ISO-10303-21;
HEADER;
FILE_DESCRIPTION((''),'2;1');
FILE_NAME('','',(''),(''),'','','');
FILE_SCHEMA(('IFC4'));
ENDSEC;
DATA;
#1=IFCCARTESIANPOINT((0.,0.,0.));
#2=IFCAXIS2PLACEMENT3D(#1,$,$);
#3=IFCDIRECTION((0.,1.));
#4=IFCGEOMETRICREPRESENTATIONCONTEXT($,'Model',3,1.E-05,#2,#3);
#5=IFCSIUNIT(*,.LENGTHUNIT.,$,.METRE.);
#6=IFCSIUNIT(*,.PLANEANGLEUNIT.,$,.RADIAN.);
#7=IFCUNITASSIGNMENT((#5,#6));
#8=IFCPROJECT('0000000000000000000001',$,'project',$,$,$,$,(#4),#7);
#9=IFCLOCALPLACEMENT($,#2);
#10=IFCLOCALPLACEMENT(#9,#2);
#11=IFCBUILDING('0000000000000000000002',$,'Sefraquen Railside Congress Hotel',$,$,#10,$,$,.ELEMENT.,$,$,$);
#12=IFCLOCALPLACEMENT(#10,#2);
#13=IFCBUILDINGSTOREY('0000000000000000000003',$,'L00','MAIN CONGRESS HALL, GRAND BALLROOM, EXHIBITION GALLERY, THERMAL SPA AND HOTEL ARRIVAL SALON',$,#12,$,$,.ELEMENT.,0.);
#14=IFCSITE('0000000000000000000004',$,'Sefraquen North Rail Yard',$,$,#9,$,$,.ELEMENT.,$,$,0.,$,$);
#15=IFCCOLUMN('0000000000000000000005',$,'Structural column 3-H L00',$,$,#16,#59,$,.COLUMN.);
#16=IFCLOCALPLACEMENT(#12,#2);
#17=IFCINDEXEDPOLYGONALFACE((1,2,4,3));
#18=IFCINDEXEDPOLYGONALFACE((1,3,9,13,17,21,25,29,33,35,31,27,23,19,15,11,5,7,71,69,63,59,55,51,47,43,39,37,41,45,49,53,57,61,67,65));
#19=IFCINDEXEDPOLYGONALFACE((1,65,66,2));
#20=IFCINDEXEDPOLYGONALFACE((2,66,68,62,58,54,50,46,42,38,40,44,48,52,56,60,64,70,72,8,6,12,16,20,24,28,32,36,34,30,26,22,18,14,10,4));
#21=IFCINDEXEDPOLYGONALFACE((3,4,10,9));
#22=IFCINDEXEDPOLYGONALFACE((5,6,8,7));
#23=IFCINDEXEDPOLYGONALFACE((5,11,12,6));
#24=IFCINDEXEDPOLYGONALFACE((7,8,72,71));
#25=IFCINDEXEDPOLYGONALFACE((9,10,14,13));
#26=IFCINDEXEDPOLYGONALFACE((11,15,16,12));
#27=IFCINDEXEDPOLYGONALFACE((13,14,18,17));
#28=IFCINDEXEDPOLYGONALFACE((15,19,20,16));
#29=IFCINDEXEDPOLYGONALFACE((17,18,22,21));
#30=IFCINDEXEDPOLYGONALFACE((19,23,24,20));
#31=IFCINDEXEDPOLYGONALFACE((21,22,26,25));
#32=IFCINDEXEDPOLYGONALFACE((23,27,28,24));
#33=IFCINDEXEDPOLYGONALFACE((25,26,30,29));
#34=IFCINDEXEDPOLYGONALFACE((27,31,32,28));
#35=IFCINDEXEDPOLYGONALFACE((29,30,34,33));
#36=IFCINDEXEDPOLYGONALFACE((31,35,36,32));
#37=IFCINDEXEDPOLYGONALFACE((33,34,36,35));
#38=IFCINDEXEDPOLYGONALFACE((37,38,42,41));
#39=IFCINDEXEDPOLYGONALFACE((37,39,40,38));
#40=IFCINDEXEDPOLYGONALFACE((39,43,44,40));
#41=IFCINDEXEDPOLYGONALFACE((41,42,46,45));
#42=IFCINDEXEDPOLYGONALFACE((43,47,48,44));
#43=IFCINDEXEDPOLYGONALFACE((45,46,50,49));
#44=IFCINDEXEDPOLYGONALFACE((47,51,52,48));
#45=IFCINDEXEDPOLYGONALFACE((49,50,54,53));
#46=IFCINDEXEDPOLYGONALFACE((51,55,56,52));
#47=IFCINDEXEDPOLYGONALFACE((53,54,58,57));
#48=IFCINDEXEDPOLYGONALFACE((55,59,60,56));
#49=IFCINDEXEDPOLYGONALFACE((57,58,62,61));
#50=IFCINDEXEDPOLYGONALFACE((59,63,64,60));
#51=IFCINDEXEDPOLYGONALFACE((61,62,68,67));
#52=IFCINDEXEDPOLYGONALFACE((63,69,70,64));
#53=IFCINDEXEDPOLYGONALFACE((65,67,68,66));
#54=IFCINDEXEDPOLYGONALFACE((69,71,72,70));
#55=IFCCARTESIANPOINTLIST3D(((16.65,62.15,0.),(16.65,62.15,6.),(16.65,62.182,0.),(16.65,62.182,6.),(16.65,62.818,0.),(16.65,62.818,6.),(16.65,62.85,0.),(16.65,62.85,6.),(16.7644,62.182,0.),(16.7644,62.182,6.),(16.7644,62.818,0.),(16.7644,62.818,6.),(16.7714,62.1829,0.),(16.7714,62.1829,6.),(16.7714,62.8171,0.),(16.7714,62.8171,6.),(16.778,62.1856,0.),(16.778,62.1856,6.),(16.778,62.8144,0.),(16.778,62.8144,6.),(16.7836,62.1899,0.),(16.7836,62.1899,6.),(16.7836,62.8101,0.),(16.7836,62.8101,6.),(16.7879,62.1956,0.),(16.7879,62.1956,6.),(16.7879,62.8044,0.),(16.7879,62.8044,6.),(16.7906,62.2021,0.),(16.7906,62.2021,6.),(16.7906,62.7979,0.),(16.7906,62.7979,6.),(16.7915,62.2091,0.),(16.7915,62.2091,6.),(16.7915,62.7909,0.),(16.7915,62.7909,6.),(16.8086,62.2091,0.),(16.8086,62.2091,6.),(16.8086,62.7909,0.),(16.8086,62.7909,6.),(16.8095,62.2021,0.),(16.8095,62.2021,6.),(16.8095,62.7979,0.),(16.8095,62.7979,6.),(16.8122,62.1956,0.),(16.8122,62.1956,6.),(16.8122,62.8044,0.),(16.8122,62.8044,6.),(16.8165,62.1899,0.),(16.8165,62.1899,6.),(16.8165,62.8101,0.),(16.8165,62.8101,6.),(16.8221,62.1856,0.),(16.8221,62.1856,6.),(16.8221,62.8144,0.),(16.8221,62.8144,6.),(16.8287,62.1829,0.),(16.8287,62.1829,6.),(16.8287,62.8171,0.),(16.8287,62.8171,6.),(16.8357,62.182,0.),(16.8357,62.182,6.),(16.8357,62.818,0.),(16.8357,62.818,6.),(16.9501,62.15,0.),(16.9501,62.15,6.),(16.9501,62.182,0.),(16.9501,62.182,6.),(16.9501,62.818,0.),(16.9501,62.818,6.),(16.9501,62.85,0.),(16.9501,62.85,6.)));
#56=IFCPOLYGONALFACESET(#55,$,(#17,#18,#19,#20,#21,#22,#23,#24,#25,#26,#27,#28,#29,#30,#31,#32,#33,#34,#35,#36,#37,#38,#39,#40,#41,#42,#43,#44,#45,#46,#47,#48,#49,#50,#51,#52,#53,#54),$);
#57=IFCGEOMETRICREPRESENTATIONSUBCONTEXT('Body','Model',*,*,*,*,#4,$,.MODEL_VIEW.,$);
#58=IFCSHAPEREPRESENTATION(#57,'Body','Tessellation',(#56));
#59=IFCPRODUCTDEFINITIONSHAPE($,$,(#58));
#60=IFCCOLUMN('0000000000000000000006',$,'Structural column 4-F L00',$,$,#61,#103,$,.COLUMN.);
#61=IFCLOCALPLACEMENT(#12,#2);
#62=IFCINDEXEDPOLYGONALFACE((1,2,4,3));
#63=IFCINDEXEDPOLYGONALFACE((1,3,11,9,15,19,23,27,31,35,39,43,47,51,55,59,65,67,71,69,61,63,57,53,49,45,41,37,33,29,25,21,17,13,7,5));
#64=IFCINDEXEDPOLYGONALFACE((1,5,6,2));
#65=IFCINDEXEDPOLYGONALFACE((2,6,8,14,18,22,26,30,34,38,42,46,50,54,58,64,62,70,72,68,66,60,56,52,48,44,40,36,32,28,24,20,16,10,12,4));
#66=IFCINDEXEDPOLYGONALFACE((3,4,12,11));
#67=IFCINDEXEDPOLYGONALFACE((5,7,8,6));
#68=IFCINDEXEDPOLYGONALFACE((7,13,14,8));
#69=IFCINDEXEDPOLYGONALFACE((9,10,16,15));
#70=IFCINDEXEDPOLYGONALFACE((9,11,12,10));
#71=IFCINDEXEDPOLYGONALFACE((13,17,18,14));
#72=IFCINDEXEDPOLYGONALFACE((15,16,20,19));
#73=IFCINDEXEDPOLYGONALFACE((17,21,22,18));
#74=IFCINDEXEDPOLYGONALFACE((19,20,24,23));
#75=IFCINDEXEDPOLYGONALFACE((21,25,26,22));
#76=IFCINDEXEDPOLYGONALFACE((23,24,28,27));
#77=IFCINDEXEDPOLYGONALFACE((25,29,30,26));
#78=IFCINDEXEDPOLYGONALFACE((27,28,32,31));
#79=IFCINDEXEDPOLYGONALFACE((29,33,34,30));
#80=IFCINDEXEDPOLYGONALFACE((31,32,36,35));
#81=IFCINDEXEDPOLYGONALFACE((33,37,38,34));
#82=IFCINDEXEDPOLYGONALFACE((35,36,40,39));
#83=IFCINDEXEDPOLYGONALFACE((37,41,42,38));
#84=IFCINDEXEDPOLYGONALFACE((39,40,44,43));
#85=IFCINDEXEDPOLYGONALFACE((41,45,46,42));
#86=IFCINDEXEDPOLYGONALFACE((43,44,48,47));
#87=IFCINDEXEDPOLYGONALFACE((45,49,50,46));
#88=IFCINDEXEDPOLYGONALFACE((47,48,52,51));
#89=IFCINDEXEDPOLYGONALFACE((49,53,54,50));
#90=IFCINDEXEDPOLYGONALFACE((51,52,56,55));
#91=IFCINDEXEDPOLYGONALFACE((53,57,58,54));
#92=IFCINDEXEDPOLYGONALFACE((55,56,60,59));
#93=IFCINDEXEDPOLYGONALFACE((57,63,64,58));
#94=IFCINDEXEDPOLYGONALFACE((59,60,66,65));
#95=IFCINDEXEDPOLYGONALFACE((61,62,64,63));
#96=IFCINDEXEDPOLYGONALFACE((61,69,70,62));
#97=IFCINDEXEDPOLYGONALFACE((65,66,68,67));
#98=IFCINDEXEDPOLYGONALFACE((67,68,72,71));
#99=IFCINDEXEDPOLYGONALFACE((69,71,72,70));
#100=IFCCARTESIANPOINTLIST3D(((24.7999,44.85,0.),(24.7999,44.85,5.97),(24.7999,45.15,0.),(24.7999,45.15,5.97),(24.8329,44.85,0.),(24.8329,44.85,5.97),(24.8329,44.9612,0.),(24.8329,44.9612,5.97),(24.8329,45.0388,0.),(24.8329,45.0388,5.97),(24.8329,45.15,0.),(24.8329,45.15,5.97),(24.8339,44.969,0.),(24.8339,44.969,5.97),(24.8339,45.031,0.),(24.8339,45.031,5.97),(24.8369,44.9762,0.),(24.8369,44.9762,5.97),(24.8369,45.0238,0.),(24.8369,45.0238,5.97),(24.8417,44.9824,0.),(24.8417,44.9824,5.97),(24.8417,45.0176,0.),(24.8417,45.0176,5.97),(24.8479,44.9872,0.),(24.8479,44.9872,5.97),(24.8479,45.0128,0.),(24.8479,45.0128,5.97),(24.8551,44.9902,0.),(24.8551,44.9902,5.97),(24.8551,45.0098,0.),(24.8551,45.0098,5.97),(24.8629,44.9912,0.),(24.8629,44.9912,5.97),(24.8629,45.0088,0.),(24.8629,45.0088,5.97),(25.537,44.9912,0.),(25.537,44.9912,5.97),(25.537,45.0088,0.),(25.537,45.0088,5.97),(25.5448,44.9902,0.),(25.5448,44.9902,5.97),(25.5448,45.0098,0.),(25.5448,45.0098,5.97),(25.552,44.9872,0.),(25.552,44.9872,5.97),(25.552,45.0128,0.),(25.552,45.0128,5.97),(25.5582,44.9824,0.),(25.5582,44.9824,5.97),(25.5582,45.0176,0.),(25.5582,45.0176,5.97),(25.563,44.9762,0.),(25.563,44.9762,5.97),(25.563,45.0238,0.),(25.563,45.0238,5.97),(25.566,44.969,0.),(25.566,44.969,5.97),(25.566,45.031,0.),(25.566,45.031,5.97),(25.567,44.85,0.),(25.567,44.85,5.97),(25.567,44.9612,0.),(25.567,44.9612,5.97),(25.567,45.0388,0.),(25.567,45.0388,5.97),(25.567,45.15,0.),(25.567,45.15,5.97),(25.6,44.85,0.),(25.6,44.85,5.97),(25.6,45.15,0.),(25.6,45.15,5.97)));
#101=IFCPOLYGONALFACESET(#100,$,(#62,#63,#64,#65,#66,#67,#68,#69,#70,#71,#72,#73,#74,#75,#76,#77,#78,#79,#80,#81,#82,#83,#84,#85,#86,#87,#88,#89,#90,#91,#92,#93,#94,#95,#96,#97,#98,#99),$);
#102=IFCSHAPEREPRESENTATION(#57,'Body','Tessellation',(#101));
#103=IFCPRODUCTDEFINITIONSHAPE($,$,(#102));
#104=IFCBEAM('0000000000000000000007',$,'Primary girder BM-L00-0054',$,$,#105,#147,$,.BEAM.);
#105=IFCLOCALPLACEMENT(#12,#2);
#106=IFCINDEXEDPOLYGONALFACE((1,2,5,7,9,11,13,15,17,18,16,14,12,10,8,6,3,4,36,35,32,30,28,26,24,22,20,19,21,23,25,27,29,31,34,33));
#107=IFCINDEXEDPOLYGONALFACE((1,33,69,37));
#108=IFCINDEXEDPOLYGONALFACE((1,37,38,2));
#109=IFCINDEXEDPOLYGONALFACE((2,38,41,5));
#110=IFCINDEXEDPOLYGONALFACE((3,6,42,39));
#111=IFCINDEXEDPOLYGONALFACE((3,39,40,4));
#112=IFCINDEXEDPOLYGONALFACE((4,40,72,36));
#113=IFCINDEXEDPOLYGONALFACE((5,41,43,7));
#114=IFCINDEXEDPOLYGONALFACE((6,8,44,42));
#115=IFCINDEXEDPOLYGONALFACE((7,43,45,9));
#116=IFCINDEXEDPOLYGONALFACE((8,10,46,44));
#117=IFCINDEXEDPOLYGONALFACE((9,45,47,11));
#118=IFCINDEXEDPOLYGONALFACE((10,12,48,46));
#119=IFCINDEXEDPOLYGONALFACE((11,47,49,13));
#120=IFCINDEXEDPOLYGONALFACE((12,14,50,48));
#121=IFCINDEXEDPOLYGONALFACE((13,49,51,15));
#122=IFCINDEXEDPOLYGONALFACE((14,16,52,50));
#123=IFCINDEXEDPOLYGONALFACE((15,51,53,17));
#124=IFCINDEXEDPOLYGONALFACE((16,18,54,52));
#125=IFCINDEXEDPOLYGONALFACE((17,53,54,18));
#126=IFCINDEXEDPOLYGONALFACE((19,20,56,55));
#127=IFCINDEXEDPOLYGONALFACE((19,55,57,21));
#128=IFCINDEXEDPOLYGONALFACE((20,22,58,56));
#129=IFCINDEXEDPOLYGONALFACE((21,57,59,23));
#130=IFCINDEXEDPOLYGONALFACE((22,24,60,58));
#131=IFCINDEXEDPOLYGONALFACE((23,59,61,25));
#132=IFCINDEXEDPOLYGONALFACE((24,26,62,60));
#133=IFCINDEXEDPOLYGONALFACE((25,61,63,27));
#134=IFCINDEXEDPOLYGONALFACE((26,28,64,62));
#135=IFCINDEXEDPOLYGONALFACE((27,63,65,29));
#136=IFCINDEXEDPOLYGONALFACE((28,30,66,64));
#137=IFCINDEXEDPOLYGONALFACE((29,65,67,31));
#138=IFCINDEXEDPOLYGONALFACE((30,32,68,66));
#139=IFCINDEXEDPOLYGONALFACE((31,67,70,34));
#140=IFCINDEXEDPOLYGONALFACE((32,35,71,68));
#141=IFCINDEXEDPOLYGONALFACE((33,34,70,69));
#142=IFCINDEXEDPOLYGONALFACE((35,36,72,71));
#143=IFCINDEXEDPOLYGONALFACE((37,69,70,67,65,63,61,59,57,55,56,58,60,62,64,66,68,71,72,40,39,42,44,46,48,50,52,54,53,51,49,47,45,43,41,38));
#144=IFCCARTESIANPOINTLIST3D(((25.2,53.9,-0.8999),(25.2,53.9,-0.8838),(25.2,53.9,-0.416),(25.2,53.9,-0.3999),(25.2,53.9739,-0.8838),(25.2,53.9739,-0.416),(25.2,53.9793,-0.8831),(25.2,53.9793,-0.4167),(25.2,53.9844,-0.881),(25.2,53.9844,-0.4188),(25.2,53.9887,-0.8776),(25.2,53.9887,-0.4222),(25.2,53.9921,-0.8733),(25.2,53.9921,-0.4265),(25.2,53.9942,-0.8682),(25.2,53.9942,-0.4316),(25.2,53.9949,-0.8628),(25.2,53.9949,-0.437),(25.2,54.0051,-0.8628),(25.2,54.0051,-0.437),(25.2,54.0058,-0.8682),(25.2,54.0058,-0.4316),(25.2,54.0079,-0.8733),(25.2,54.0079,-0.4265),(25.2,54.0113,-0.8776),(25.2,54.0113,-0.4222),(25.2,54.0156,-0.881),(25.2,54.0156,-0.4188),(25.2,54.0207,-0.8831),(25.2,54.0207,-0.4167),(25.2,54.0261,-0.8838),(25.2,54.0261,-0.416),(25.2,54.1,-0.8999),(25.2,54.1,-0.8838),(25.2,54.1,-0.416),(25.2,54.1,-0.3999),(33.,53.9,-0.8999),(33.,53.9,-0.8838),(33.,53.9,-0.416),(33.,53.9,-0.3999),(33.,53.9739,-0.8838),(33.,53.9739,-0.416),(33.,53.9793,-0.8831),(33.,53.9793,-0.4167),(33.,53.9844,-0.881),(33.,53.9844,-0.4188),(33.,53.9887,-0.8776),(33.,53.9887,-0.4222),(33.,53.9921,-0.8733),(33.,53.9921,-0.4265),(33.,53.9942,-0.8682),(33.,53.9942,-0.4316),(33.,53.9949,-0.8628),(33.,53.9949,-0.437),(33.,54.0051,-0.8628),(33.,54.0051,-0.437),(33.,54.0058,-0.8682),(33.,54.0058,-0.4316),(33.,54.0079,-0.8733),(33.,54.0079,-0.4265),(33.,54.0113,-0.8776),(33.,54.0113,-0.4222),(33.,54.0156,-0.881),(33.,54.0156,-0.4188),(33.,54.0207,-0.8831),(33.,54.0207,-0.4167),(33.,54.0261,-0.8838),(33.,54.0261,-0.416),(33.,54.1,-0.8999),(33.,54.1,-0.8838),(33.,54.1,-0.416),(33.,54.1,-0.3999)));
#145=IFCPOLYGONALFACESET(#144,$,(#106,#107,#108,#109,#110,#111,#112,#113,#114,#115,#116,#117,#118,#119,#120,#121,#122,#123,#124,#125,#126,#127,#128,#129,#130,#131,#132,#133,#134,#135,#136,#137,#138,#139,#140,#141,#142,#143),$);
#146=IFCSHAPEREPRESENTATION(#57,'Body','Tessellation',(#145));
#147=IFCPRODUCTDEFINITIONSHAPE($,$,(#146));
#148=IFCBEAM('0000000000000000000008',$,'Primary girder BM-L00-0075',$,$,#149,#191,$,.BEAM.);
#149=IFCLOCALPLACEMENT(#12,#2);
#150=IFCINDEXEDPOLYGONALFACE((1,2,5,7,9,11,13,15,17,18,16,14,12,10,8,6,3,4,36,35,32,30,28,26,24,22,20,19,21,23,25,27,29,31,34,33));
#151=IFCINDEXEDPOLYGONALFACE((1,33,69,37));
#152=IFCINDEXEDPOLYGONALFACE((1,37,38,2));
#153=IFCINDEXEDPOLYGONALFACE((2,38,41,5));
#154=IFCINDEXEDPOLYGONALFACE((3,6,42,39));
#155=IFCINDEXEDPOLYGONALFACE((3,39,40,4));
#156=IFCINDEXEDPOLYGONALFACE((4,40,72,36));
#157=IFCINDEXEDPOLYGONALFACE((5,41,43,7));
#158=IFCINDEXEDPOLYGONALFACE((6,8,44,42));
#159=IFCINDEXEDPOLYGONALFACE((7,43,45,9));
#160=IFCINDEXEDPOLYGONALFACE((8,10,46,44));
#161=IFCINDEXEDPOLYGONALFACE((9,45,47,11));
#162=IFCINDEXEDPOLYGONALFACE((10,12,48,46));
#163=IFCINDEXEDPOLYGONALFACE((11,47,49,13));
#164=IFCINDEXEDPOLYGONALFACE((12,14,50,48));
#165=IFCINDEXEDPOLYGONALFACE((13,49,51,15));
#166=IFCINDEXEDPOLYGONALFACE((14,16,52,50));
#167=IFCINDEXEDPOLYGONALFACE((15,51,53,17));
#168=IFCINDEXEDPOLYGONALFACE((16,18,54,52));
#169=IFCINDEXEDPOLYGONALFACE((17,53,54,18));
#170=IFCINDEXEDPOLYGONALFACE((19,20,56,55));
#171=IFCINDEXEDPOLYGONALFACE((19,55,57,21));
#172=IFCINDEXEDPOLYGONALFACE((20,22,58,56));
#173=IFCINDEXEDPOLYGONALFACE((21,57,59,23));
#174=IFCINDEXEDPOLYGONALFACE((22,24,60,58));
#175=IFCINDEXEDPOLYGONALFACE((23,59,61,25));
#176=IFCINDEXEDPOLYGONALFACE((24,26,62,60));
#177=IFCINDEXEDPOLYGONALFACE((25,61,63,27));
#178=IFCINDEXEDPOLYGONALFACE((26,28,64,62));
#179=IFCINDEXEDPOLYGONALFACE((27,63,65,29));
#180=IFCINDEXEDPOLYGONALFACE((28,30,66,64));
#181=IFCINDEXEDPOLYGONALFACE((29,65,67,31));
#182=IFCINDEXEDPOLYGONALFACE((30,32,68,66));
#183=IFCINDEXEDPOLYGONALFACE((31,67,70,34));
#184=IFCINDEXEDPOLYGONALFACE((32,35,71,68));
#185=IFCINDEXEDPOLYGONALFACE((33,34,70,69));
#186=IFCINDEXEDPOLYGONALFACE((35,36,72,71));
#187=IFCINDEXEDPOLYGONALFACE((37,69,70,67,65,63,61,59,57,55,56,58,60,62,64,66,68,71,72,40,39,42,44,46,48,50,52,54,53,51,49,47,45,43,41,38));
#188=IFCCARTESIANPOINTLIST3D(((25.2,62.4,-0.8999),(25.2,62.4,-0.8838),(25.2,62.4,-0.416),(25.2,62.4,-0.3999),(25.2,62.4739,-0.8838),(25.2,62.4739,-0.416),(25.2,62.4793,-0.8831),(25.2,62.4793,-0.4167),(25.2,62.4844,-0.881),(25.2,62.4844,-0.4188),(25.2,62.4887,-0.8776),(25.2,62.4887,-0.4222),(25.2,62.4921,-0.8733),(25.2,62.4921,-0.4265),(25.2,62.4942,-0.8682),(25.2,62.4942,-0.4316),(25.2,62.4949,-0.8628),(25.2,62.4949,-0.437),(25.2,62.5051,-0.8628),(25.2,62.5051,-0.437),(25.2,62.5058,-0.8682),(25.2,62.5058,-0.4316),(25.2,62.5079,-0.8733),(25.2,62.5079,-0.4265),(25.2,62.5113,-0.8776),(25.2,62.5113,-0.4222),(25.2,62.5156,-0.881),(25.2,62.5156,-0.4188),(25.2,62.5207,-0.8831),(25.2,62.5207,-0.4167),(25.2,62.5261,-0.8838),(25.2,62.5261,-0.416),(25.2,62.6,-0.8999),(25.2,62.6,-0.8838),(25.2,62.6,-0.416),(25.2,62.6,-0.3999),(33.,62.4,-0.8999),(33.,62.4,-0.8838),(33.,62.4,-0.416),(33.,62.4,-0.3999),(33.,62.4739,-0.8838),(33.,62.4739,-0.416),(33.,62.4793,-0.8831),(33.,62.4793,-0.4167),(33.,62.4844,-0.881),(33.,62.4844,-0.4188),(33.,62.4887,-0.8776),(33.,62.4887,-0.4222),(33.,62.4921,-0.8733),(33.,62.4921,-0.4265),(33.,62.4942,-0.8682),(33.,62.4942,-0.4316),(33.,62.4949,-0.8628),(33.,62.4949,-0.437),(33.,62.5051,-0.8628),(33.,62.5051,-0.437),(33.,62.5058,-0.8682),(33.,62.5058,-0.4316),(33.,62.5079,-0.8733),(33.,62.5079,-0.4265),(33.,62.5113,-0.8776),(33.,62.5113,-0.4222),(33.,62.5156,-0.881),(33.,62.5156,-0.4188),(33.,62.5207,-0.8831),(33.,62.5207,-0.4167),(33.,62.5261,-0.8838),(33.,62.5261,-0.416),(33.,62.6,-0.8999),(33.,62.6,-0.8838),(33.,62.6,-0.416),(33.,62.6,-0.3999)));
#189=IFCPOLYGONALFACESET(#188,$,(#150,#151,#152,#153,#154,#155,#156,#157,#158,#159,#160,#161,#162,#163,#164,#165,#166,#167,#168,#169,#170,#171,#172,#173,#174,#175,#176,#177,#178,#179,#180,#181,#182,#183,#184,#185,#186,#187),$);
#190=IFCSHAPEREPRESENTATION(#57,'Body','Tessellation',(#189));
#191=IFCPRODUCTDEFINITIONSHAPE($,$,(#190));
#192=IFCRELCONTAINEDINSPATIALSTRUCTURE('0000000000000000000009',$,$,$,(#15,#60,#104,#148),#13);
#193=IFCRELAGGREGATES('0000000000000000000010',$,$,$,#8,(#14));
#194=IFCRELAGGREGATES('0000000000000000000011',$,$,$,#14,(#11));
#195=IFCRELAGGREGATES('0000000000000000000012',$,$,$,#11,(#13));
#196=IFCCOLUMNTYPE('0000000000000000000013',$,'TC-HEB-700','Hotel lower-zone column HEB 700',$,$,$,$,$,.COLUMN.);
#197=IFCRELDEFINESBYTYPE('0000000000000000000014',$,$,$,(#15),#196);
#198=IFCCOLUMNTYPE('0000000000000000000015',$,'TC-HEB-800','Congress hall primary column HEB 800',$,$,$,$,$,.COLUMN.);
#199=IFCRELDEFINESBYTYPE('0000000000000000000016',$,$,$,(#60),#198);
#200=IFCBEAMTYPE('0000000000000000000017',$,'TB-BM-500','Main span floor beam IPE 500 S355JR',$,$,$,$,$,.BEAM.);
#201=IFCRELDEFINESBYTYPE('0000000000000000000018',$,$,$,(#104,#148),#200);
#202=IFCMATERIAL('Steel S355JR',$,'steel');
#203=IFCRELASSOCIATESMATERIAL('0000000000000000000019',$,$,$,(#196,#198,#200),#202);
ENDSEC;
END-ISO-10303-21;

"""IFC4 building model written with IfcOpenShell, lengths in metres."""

from ifc_helpers import new_model, si_unit, direction, frame, origin, origin_2d, place, context, subcontext, project, spatial, i_section, extrude, material, material_profile, profile_set, type_object, element, save


model = new_model("IFC4")

# Units and contexts
model_context = context("Model", 3, precision=1e-05, world=origin(), true_north=direction((0.0, 1.0)))
body_context = subcontext(model_context, "Body", "Model", "MODEL_VIEW")
ifc_project = project(units=[si_unit("LENGTHUNIT", "METRE"), si_unit("PLANEANGLEUNIT", "RADIAN")], contexts=[model_context])

# Site, building, storey
site_placement = place(None, origin())
site = spatial("IfcSite", under=ifc_project, at=site_placement, Name="Sefraquen North Rail Yard", CompositionType="ELEMENT", RefElevation=0.0)
building_placement = place(site_placement, origin())
building = spatial("IfcBuilding", under=site, at=building_placement, Name="Sefraquen Railside Congress Hotel", CompositionType="ELEMENT")
storey_placement = place(building_placement, origin())
storey = spatial("IfcBuildingStorey", under=building, at=storey_placement, Name="L00", Description="MAIN CONGRESS HALL, GRAND BALLROOM, EXHIBITION GALLERY, THERMAL SPA AND HOTEL ARRIVAL SALON", CompositionType="ELEMENT", Elevation=0.0)

# Columns
ifc_material_1 = material(Name="Steel S355JR", Category="steel")
ifc_material_profile_1 = material_profile(ifc_material_1, i_section(OverallWidth=0.3, OverallDepth=0.7, WebThickness=0.0171, FlangeThickness=0.032, FilletRadius=0.0271, at=origin_2d()), Name="HEB 700")
ifc_profile_set_1 = profile_set([ifc_material_profile_1], Name="Steel S355JR")
column_type_1 = type_object("IfcColumnType", Name="TC-HEB-700", Description="Hotel lower-zone column HEB 700", PredefinedType="COLUMN", material=ifc_profile_set_1)
column_1_placement = place(storey_placement, frame((16.8, 62.5, 0.0), z_axis=(0.0, 0.0, 1.0), x_axis=(1.0, 0.0, 0.0)))
element("IfcColumn", 1, at=column_1_placement, inside=storey, type_object=column_type_1, Name="Structural column 3-H L00", PredefinedType="COLUMN", context=body_context, shape_type="SweptSolid", body=[
    extrude(i_section(OverallWidth=0.3, OverallDepth=0.7, WebThickness=0.0171, FlangeThickness=0.032, FilletRadius=0.0271, at=origin_2d()), origin(), (0.0, 0.0, 1.0), 6.0),
])
ifc_material_profile_2 = material_profile(ifc_material_1, i_section(OverallWidth=0.3, OverallDepth=0.8, WebThickness=0.0176, FlangeThickness=0.033, FilletRadius=0.03, at=origin_2d()), Name="HEB 800")
ifc_profile_set_2 = profile_set([ifc_material_profile_2], Name="Steel S355JR")
column_type_2 = type_object("IfcColumnType", Name="TC-HEB-800", Description="Congress hall primary column HEB 800", PredefinedType="COLUMN", material=ifc_profile_set_2)
column_2_placement = place(storey_placement, frame((25.2, 45.0, 0.0), z_axis=(0.0, 0.0, 1.0), x_axis=(0.0, 1.0, 0.0)))
element("IfcColumn", 2, at=column_2_placement, inside=storey, type_object=column_type_2, Name="Structural column 4-F L00", PredefinedType="COLUMN", context=body_context, shape_type="SweptSolid", body=[
    extrude(i_section(OverallWidth=0.3, OverallDepth=0.8, WebThickness=0.0176, FlangeThickness=0.033, FilletRadius=0.03, at=origin_2d()), origin(), (0.0, 0.0, 1.0), 5.97),
])

# Beams
ifc_material_profile_3 = material_profile(ifc_material_1, i_section(OverallWidth=0.2, OverallDepth=0.5, WebThickness=0.0103, FlangeThickness=0.0161, FilletRadius=0.021, at=origin_2d()), Name="IPE 500")
ifc_profile_set_3 = profile_set([ifc_material_profile_3], Name="Steel S355JR")
beam_type_1 = type_object("IfcBeamType", Name="TB-BM-500", Description="Main span floor beam IPE 500 S355JR", PredefinedType="BEAM", material=ifc_profile_set_3)
for number, where, z_axis, x_axis, name in (
    (3, (25.2, 54.0, -0.6499), (1.0, 0.0, 0.0), (0.0, 1.0, 0.0), "Primary girder BM-L00-0054"),
    (4, (25.2, 62.5, -0.6499), (1.0, 0.0, 0.0), (0.0, 1.0, 0.0), "Primary girder BM-L00-0075"),
):
    element("IfcBeam", number, at=place(storey_placement, frame(where, z_axis=z_axis, x_axis=x_axis)), inside=storey, type_object=beam_type_1, Name=name, PredefinedType="BEAM", context=body_context, shape_type="SweptSolid", body=[
        extrude(i_section(OverallWidth=0.2, OverallDepth=0.5, WebThickness=0.0103, FlangeThickness=0.0161, FilletRadius=0.021, at=origin_2d()), origin(), (0.0, 0.0, 1.0), 7.8),
    ])

save(model, "model.ifc")
